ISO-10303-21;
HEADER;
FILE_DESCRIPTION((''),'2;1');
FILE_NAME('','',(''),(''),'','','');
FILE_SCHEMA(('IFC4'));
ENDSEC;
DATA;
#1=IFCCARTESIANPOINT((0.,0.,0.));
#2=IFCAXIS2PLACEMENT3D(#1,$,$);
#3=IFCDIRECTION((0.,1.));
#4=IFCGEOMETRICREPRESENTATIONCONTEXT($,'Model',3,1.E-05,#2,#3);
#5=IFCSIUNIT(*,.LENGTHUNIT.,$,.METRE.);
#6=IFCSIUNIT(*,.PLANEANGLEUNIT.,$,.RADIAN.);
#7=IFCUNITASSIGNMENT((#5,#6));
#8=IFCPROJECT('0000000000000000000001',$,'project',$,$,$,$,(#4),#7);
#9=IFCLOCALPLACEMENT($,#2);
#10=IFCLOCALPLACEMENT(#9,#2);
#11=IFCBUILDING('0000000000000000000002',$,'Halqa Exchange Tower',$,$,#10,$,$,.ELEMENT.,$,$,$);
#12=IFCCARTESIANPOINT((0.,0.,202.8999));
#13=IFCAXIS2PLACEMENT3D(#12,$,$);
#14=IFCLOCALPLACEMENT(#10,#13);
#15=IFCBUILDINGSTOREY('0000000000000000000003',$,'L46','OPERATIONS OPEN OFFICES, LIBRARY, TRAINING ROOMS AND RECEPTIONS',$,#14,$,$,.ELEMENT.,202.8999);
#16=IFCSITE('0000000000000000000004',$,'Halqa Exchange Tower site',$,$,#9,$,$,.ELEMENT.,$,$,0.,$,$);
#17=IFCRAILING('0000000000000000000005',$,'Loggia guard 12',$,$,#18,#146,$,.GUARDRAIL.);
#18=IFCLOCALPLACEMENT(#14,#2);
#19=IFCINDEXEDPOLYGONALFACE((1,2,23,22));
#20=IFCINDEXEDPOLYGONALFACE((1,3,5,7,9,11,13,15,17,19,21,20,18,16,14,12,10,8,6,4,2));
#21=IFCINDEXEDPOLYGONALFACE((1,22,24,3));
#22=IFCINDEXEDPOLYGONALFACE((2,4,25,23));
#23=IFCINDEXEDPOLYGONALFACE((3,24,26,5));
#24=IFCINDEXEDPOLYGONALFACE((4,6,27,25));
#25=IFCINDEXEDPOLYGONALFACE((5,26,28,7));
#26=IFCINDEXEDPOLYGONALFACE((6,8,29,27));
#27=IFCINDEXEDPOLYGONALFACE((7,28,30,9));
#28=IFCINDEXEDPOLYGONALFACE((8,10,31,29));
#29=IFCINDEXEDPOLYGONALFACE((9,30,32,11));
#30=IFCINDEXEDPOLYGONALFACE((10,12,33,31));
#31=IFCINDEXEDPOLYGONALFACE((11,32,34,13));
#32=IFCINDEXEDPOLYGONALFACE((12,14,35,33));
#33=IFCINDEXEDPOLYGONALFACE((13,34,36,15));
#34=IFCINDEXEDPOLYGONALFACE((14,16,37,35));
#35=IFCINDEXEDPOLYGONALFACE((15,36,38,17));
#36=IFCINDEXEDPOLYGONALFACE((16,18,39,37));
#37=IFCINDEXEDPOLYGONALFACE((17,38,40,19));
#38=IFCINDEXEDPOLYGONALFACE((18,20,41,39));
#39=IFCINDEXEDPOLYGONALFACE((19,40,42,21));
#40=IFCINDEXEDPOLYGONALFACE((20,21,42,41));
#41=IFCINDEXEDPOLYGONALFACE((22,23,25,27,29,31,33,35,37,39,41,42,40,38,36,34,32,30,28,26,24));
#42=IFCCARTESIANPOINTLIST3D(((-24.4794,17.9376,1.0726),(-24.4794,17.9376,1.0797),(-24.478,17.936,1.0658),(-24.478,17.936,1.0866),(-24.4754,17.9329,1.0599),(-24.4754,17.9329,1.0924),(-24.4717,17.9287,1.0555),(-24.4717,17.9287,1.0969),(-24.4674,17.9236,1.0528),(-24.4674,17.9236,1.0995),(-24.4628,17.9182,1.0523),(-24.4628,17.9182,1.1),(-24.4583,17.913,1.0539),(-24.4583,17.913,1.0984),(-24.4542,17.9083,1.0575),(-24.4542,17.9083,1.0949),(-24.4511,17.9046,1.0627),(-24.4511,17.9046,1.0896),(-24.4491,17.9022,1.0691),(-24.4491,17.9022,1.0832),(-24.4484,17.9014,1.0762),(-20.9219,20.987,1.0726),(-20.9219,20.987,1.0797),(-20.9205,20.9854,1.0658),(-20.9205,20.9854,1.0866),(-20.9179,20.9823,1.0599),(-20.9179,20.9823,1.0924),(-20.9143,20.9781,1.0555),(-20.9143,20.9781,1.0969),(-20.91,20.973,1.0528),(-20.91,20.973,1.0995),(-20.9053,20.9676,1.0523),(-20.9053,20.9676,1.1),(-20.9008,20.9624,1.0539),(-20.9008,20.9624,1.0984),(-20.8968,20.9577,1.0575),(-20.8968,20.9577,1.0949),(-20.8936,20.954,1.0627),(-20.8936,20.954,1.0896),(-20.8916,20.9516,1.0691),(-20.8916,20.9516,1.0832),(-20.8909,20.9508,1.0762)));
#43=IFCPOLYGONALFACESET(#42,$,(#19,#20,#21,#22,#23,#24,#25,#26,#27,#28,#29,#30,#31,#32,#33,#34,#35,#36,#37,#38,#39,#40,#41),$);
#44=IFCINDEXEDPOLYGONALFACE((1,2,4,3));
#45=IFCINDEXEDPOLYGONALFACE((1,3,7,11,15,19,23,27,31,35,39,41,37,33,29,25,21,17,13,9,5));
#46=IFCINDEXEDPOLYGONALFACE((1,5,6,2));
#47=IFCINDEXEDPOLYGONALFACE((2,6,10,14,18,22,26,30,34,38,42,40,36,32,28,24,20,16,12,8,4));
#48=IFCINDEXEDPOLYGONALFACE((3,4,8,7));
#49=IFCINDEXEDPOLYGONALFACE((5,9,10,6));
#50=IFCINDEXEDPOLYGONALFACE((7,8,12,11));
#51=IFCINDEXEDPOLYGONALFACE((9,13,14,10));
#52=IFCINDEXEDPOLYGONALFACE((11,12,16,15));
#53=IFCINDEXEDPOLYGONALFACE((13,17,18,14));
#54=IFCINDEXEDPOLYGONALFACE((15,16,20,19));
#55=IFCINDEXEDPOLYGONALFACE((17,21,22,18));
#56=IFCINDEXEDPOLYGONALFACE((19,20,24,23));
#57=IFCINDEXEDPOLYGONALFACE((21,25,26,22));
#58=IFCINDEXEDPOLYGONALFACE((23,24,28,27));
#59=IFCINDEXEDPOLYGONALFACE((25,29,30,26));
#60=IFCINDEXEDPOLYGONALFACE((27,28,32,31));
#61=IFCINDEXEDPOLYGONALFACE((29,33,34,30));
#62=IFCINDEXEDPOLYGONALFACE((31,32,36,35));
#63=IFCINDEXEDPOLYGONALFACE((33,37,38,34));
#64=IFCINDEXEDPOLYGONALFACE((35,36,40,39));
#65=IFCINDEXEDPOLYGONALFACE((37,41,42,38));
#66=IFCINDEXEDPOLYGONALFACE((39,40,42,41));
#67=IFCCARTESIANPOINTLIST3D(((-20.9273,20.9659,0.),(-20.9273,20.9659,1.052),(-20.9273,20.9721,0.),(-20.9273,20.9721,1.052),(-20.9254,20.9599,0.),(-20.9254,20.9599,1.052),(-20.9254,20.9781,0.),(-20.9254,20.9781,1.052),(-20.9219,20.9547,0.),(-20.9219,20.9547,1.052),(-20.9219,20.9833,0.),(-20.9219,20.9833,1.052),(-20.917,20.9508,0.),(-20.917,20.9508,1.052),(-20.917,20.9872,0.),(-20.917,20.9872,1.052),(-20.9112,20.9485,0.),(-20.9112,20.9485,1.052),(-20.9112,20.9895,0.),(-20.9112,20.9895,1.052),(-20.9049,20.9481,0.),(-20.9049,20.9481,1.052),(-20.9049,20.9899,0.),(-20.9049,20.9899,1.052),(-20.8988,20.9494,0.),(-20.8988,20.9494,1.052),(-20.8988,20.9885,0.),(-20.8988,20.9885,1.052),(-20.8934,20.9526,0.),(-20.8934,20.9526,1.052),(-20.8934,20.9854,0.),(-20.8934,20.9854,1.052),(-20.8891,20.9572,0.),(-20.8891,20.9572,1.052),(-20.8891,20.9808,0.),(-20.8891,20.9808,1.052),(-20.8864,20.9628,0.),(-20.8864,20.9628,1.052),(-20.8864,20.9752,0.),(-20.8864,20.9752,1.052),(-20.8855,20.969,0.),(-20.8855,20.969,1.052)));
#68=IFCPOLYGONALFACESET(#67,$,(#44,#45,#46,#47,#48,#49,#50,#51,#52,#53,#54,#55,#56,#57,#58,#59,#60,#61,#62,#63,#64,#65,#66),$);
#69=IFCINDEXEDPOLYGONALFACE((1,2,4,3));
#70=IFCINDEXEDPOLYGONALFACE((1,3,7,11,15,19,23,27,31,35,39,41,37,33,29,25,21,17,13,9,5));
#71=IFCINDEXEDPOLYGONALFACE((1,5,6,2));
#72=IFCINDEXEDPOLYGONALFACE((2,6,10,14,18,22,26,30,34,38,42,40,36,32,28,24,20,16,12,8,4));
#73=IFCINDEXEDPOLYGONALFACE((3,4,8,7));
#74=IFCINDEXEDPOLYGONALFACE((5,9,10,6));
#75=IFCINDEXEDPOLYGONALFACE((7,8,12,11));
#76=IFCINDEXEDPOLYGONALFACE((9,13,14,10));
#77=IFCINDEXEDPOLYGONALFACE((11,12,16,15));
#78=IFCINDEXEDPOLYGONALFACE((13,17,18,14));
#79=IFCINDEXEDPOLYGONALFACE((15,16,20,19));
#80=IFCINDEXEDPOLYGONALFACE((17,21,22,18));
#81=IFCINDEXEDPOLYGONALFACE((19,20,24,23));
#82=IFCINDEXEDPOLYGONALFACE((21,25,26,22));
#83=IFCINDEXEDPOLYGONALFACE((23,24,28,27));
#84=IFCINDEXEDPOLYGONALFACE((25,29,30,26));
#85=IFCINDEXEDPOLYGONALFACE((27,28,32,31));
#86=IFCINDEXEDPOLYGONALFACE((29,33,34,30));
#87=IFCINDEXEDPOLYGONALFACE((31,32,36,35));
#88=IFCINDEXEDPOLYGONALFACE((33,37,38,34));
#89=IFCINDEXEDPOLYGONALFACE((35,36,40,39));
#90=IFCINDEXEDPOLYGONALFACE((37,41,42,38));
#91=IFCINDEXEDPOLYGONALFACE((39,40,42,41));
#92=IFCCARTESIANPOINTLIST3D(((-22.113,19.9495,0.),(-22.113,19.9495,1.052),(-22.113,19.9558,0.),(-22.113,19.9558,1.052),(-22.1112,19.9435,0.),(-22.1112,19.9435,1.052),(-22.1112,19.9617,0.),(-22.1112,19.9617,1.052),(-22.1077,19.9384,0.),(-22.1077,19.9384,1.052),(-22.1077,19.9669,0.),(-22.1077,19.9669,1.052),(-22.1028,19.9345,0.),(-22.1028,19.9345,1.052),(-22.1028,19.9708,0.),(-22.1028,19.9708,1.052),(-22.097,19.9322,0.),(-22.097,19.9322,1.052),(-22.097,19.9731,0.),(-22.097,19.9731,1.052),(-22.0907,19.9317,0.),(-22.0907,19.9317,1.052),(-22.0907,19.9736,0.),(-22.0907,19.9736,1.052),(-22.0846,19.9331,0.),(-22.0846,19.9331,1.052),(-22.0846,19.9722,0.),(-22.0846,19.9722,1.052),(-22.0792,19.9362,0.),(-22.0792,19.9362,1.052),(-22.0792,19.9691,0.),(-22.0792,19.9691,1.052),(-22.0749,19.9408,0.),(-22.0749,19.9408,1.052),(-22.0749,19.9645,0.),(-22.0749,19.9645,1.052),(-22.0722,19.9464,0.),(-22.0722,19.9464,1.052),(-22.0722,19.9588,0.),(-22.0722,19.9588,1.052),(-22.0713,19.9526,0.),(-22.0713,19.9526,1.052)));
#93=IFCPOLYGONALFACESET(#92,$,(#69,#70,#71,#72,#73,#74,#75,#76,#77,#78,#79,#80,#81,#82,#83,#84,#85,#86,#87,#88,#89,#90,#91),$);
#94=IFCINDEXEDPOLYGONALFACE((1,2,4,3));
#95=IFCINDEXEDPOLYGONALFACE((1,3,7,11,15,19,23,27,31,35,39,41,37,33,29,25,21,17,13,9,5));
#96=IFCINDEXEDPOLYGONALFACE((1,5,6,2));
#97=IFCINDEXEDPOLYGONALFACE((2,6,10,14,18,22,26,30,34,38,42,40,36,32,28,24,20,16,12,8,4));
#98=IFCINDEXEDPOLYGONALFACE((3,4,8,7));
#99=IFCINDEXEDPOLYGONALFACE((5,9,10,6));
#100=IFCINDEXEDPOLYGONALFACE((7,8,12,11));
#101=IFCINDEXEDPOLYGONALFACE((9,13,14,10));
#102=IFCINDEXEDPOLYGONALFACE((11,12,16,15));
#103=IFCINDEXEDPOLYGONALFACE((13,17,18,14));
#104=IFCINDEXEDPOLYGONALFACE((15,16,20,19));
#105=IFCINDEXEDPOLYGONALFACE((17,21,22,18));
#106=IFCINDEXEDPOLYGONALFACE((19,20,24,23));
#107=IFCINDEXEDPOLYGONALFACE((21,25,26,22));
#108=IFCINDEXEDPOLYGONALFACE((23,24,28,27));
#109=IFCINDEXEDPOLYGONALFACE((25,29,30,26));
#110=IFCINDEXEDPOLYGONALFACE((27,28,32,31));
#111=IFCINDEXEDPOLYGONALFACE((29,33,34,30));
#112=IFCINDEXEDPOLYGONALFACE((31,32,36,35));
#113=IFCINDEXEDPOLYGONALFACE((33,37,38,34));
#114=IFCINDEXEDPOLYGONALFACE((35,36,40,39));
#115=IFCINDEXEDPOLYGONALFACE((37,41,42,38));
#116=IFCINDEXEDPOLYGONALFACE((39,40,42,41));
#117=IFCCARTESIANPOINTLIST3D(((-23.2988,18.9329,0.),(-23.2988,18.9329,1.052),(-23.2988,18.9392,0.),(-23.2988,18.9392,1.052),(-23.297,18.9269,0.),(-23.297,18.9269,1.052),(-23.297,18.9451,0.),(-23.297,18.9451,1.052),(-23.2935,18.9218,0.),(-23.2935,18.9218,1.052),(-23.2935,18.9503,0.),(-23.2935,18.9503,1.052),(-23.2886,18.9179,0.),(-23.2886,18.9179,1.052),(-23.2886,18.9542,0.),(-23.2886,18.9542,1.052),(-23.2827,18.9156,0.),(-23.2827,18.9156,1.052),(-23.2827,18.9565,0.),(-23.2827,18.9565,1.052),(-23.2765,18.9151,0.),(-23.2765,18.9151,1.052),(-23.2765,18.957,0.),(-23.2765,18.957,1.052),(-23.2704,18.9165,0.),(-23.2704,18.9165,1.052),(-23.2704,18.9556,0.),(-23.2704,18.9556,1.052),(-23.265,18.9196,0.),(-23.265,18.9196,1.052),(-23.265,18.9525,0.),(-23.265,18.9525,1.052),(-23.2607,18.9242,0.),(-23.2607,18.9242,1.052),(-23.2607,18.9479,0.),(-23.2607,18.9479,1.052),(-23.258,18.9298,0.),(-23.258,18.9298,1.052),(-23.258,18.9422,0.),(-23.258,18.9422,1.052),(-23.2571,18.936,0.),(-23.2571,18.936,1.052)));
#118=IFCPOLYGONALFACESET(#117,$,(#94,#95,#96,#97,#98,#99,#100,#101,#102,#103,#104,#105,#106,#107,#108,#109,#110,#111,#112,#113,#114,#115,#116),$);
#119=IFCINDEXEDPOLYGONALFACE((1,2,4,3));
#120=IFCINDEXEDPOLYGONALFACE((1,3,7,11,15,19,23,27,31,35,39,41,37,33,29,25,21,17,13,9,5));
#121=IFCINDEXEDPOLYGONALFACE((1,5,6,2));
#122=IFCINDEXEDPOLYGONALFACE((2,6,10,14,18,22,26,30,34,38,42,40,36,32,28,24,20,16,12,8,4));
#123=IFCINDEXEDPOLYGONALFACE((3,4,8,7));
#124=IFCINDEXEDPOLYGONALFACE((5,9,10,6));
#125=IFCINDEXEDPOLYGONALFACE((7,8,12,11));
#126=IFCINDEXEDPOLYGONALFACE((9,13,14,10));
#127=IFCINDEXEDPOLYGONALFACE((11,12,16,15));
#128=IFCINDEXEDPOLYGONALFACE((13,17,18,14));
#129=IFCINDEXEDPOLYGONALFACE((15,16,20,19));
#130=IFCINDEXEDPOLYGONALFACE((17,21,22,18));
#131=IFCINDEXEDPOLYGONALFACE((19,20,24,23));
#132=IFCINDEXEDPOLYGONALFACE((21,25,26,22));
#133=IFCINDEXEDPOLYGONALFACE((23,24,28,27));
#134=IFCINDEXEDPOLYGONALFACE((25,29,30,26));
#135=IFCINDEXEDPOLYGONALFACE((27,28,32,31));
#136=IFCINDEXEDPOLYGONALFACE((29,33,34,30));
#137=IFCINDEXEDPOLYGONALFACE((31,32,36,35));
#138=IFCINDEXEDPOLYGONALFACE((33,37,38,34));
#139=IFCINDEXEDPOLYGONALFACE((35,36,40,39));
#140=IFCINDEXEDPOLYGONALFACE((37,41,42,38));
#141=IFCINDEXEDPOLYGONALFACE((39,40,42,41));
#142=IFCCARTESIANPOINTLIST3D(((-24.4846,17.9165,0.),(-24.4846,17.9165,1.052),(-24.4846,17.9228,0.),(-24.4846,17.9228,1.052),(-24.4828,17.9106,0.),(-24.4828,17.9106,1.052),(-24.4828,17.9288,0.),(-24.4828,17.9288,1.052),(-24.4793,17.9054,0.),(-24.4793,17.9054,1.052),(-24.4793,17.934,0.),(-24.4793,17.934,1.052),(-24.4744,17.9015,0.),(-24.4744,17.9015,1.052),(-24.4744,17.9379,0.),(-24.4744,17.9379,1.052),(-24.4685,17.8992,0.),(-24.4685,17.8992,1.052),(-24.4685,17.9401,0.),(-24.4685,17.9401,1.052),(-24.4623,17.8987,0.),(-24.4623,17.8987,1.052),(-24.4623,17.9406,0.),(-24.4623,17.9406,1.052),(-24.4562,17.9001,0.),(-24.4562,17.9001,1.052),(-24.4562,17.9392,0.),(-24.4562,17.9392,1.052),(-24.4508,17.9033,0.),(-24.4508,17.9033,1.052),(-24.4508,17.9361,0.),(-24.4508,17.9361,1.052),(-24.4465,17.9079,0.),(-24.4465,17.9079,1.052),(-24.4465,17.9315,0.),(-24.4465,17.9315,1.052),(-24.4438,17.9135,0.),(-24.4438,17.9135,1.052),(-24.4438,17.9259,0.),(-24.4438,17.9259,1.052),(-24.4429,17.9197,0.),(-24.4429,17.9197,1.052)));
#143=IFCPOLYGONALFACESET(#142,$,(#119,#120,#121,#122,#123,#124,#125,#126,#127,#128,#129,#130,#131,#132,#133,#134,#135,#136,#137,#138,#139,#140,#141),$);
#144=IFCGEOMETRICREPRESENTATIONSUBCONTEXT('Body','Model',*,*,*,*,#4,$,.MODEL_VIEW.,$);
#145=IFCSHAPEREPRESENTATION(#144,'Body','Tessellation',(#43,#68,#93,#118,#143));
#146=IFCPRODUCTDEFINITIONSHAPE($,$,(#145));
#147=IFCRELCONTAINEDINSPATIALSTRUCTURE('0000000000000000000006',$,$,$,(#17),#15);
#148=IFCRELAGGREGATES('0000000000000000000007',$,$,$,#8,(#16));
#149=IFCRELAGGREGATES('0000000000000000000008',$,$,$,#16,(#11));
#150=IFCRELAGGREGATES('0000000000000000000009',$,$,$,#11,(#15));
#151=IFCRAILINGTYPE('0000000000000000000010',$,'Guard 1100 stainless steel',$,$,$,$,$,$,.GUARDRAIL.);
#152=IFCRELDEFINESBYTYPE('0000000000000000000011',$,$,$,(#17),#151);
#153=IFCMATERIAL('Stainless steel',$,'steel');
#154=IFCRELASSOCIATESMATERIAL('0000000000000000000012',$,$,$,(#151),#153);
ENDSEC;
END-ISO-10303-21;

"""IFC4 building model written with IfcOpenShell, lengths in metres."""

from ifc_helpers import new_model, si_unit, direction, frame, origin, origin_2d, place, context, subcontext, project, spatial, circle, extrude, material, type_object, element, save


model = new_model("IFC4")

# Units and contexts
model_context = context("Model", 3, precision=1e-05, world=origin(), true_north=direction((0.0, 1.0)))
body_context = subcontext(model_context, "Body", "Model", "MODEL_VIEW")
ifc_project = project(units=[si_unit("LENGTHUNIT", "METRE"), si_unit("PLANEANGLEUNIT", "RADIAN")], contexts=[model_context])

# Site, building, storey
site_placement = place(None, origin())
site = spatial("IfcSite", under=ifc_project, at=site_placement, Name="Halqa Exchange Tower site", CompositionType="ELEMENT", RefElevation=0.0)
building_placement = place(site_placement, origin())
building = spatial("IfcBuilding", under=site, at=building_placement, Name="Halqa Exchange Tower", CompositionType="ELEMENT")
storey_placement = place(building_placement, frame((0.0, 0.0, 202.8999)))
storey = spatial("IfcBuildingStorey", under=building, at=storey_placement, Name="L46", Description="OPERATIONS OPEN OFFICES, LIBRARY, TRAINING ROOMS AND RECEPTIONS", CompositionType="ELEMENT", Elevation=202.8999)

# Railing
ifc_material_1 = material(Name="Stainless steel", Category="steel")
railing_type = type_object("IfcRailingType", Name="Guard 1100 stainless steel", PredefinedType="GUARDRAIL", material=ifc_material_1)
railing_1_placement = place(storey_placement, frame((-20.9065, 20.969, 0.0)))
element("IfcRailing", 1, at=railing_1_placement, inside=storey, type_object=railing_type, Name="Loggia guard 12", PredefinedType="GUARDRAIL", context=body_context, shape_type="SweptSolid", body=[
    extrude(circle(Radius=0.0239, at=origin_2d()), frame((0.0, 0.0, 1.0762), z_axis=(-0.759242, -0.650809, 0.0), x_axis=(0.650809, -0.759242, 0.0)), (0.0, 0.0, 1.0), 4.6855),
    extrude(circle(Radius=0.021, at=origin_2d()), origin(), (0.0, 0.0, 1.0), 1.052),
    extrude(circle(Radius=0.021, at=origin_2d()), frame((-1.1858, -1.0164, 0.0)), (0.0, 0.0, 1.0), 1.052),
    extrude(circle(Radius=0.021, at=origin_2d()), frame((-2.3716, -2.033, 0.0)), (0.0, 0.0, 1.0), 1.052),
    extrude(circle(Radius=0.021, at=origin_2d()), frame((-3.5574, -3.0493, 0.0)), (0.0, 0.0, 1.0), 1.052),
])

save(model, "model.ifc")
